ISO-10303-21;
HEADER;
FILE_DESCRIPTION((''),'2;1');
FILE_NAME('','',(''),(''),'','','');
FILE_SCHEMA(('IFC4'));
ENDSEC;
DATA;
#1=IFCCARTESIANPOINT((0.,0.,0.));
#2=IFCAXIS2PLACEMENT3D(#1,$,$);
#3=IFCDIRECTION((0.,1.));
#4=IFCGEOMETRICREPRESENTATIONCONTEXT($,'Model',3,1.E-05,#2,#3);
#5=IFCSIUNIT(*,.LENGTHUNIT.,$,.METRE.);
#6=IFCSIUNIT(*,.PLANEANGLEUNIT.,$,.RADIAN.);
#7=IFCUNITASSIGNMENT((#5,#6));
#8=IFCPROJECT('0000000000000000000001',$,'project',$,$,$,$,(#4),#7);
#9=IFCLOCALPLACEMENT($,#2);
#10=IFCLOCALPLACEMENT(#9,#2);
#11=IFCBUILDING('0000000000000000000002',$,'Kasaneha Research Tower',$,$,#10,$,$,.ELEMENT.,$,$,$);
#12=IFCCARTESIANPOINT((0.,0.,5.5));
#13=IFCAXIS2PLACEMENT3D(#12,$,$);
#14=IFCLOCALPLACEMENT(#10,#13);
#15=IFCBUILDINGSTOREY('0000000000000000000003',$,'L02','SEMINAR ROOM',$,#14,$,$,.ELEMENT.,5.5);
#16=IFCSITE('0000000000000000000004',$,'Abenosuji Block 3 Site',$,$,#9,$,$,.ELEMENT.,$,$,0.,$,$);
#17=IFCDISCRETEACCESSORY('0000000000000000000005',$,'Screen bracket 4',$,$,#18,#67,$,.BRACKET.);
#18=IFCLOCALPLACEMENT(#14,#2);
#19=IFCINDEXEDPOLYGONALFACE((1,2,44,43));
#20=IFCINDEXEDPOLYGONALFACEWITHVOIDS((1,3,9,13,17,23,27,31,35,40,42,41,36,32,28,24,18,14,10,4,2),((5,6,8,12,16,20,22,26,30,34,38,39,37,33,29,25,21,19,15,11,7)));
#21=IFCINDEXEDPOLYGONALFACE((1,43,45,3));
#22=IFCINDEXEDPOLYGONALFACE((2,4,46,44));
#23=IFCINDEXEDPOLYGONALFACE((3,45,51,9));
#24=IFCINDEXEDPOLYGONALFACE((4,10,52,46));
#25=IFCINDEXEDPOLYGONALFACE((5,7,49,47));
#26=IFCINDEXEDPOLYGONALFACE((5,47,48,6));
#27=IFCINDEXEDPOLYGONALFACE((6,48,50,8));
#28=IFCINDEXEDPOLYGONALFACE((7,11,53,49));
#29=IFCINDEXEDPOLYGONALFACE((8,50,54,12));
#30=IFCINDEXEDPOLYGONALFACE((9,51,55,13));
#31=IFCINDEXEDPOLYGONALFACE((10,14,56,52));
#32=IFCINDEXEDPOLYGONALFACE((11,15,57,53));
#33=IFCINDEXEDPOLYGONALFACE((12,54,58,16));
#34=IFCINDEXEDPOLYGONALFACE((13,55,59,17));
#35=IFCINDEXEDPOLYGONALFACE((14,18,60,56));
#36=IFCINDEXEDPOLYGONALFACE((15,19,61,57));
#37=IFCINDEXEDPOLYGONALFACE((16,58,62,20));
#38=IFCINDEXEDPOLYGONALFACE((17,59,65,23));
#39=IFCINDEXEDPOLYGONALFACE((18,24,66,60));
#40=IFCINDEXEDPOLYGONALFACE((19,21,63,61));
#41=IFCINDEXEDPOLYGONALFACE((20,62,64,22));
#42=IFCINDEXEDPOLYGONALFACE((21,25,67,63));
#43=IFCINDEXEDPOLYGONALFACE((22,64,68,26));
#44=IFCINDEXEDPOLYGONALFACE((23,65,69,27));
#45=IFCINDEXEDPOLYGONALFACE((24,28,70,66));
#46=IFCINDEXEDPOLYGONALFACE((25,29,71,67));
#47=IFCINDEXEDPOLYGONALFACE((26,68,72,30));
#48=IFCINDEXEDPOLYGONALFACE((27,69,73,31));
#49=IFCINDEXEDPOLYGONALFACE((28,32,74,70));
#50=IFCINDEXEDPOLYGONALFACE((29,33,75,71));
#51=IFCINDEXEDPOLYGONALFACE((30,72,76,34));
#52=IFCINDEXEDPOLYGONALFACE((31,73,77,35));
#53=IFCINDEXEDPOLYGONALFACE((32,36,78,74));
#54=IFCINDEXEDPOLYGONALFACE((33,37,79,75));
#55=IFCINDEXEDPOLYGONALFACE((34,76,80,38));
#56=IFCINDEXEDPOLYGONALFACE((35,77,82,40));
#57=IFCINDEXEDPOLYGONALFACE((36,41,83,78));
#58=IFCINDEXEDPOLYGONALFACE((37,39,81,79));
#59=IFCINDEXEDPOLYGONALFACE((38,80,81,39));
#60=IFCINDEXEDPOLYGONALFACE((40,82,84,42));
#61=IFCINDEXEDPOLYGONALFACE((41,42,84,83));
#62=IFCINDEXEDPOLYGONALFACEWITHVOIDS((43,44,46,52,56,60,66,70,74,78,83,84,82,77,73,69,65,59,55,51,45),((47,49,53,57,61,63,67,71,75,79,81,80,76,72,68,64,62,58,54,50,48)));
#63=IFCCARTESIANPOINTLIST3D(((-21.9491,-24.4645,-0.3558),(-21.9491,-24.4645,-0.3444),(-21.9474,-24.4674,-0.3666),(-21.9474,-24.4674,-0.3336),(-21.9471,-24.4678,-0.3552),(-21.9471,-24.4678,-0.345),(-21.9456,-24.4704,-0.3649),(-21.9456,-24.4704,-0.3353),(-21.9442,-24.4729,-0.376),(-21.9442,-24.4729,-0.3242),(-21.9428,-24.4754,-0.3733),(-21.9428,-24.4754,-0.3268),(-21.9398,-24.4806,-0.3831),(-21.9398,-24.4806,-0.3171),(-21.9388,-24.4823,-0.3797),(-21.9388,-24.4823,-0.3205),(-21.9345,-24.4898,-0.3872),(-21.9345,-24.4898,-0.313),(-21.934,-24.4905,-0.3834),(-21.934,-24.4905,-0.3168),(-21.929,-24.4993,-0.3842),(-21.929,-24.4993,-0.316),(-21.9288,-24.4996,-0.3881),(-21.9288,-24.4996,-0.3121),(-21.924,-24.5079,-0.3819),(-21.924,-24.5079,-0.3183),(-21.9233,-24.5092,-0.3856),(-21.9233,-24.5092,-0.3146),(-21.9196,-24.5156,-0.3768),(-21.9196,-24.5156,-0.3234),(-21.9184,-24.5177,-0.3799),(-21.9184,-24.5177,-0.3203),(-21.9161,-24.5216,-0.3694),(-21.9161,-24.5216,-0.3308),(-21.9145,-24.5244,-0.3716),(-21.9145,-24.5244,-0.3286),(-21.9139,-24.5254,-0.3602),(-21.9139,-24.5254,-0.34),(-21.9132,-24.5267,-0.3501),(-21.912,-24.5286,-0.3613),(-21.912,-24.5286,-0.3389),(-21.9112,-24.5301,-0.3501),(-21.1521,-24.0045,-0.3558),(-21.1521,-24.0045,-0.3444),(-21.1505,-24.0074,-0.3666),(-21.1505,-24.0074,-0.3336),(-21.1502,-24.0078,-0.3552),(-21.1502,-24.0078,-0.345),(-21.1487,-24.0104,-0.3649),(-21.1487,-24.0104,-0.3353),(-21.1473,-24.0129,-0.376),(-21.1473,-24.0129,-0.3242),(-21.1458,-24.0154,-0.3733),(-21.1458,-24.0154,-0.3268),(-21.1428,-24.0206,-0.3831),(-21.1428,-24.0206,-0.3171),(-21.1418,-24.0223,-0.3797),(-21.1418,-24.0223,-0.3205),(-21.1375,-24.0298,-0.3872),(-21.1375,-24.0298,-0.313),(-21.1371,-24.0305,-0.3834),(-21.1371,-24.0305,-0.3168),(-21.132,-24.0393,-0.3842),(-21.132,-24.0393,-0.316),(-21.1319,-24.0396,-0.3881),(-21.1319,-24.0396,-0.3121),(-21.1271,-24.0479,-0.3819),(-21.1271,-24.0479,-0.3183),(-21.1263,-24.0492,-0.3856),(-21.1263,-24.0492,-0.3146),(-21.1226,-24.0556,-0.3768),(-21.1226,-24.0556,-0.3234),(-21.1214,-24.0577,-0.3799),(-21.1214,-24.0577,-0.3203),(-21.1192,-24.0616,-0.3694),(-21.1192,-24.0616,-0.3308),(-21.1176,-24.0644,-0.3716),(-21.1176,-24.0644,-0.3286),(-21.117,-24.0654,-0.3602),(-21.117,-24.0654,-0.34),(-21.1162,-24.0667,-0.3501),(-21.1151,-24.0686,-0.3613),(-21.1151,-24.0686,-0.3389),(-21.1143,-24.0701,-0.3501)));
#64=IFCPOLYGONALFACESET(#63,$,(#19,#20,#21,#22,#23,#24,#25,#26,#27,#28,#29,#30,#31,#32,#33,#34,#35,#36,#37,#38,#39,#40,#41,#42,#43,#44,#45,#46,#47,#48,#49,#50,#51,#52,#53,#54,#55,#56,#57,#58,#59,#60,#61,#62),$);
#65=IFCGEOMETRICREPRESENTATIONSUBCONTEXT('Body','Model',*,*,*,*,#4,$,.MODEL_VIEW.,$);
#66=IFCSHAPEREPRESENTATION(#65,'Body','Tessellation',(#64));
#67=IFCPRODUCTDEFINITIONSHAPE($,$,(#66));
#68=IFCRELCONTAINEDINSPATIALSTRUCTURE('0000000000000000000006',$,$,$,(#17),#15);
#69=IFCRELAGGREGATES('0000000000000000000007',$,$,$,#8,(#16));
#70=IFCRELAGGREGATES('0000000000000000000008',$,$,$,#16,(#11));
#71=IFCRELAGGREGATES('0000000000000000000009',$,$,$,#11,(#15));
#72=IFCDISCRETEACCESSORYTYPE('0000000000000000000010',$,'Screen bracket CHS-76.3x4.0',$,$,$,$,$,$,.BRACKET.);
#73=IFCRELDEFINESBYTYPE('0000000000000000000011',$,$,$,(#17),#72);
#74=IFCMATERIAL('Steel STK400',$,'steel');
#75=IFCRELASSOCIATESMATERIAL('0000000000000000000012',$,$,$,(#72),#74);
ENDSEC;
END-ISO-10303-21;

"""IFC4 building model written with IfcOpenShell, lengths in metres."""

from ifc_helpers import new_model, si_unit, direction, frame, origin, origin_2d, place, context, subcontext, project, spatial, hollow_circle, extrude, material, material_profile, profile_set, type_object, element, save


model = new_model("IFC4")

# Units and contexts
model_context = context("Model", 3, precision=1e-05, world=origin(), true_north=direction((0.0, 1.0)))
body_context = subcontext(model_context, "Body", "Model", "MODEL_VIEW")
ifc_project = project(units=[si_unit("LENGTHUNIT", "METRE"), si_unit("PLANEANGLEUNIT", "RADIAN")], contexts=[model_context])

# Site, building, storey
site_placement = place(None, origin())
site = spatial("IfcSite", under=ifc_project, at=site_placement, Name="Abenosuji Block 3 Site", CompositionType="ELEMENT", RefElevation=0.0)
building_placement = place(site_placement, origin())
building = spatial("IfcBuilding", under=site, at=building_placement, Name="Kasaneha Research Tower", CompositionType="ELEMENT")
storey_placement = place(building_placement, frame((0.0, 0.0, 5.5)))
storey = spatial("IfcBuildingStorey", under=building, at=storey_placement, Name="L02", Description="SEMINAR ROOM", CompositionType="ELEMENT", Elevation=5.5)

# Discrete accessory
ifc_material_1 = material(Name="Steel STK400", Category="steel")
ifc_material_profile_1 = material_profile(ifc_material_1, hollow_circle(Radius=0.0381, WallThickness=0.0039, at=origin_2d()), Name="CHS-76.3x4.0")
ifc_profile_set_1 = profile_set([ifc_material_profile_1], Name="Steel STK400")
discrete_accessory_type = type_object("IfcDiscreteAccessoryType", Name="Screen bracket CHS-76.3x4.0", PredefinedType="BRACKET", material=ifc_profile_set_1)
for number, where, z_axis, x_axis, name in (
    (1, (-21.1333, -24.0371, -0.3501), (-0.86608, -0.499906, 0.0), (0.499906, -0.86608, 0.0), "Screen bracket 4"),
):
    element("IfcDiscreteAccessory", number, at=place(storey_placement, frame(where, z_axis=z_axis, x_axis=x_axis)), inside=storey, type_object=discrete_accessory_type, Name=name, PredefinedType="BRACKET", context=body_context, shape_type="SweptSolid", body=[
        extrude(hollow_circle(Radius=0.0381, WallThickness=0.0039, at=origin_2d()), origin(), (0.0, 0.0, 1.0), 0.9202),
    ])

save(model, "model.ifc")
